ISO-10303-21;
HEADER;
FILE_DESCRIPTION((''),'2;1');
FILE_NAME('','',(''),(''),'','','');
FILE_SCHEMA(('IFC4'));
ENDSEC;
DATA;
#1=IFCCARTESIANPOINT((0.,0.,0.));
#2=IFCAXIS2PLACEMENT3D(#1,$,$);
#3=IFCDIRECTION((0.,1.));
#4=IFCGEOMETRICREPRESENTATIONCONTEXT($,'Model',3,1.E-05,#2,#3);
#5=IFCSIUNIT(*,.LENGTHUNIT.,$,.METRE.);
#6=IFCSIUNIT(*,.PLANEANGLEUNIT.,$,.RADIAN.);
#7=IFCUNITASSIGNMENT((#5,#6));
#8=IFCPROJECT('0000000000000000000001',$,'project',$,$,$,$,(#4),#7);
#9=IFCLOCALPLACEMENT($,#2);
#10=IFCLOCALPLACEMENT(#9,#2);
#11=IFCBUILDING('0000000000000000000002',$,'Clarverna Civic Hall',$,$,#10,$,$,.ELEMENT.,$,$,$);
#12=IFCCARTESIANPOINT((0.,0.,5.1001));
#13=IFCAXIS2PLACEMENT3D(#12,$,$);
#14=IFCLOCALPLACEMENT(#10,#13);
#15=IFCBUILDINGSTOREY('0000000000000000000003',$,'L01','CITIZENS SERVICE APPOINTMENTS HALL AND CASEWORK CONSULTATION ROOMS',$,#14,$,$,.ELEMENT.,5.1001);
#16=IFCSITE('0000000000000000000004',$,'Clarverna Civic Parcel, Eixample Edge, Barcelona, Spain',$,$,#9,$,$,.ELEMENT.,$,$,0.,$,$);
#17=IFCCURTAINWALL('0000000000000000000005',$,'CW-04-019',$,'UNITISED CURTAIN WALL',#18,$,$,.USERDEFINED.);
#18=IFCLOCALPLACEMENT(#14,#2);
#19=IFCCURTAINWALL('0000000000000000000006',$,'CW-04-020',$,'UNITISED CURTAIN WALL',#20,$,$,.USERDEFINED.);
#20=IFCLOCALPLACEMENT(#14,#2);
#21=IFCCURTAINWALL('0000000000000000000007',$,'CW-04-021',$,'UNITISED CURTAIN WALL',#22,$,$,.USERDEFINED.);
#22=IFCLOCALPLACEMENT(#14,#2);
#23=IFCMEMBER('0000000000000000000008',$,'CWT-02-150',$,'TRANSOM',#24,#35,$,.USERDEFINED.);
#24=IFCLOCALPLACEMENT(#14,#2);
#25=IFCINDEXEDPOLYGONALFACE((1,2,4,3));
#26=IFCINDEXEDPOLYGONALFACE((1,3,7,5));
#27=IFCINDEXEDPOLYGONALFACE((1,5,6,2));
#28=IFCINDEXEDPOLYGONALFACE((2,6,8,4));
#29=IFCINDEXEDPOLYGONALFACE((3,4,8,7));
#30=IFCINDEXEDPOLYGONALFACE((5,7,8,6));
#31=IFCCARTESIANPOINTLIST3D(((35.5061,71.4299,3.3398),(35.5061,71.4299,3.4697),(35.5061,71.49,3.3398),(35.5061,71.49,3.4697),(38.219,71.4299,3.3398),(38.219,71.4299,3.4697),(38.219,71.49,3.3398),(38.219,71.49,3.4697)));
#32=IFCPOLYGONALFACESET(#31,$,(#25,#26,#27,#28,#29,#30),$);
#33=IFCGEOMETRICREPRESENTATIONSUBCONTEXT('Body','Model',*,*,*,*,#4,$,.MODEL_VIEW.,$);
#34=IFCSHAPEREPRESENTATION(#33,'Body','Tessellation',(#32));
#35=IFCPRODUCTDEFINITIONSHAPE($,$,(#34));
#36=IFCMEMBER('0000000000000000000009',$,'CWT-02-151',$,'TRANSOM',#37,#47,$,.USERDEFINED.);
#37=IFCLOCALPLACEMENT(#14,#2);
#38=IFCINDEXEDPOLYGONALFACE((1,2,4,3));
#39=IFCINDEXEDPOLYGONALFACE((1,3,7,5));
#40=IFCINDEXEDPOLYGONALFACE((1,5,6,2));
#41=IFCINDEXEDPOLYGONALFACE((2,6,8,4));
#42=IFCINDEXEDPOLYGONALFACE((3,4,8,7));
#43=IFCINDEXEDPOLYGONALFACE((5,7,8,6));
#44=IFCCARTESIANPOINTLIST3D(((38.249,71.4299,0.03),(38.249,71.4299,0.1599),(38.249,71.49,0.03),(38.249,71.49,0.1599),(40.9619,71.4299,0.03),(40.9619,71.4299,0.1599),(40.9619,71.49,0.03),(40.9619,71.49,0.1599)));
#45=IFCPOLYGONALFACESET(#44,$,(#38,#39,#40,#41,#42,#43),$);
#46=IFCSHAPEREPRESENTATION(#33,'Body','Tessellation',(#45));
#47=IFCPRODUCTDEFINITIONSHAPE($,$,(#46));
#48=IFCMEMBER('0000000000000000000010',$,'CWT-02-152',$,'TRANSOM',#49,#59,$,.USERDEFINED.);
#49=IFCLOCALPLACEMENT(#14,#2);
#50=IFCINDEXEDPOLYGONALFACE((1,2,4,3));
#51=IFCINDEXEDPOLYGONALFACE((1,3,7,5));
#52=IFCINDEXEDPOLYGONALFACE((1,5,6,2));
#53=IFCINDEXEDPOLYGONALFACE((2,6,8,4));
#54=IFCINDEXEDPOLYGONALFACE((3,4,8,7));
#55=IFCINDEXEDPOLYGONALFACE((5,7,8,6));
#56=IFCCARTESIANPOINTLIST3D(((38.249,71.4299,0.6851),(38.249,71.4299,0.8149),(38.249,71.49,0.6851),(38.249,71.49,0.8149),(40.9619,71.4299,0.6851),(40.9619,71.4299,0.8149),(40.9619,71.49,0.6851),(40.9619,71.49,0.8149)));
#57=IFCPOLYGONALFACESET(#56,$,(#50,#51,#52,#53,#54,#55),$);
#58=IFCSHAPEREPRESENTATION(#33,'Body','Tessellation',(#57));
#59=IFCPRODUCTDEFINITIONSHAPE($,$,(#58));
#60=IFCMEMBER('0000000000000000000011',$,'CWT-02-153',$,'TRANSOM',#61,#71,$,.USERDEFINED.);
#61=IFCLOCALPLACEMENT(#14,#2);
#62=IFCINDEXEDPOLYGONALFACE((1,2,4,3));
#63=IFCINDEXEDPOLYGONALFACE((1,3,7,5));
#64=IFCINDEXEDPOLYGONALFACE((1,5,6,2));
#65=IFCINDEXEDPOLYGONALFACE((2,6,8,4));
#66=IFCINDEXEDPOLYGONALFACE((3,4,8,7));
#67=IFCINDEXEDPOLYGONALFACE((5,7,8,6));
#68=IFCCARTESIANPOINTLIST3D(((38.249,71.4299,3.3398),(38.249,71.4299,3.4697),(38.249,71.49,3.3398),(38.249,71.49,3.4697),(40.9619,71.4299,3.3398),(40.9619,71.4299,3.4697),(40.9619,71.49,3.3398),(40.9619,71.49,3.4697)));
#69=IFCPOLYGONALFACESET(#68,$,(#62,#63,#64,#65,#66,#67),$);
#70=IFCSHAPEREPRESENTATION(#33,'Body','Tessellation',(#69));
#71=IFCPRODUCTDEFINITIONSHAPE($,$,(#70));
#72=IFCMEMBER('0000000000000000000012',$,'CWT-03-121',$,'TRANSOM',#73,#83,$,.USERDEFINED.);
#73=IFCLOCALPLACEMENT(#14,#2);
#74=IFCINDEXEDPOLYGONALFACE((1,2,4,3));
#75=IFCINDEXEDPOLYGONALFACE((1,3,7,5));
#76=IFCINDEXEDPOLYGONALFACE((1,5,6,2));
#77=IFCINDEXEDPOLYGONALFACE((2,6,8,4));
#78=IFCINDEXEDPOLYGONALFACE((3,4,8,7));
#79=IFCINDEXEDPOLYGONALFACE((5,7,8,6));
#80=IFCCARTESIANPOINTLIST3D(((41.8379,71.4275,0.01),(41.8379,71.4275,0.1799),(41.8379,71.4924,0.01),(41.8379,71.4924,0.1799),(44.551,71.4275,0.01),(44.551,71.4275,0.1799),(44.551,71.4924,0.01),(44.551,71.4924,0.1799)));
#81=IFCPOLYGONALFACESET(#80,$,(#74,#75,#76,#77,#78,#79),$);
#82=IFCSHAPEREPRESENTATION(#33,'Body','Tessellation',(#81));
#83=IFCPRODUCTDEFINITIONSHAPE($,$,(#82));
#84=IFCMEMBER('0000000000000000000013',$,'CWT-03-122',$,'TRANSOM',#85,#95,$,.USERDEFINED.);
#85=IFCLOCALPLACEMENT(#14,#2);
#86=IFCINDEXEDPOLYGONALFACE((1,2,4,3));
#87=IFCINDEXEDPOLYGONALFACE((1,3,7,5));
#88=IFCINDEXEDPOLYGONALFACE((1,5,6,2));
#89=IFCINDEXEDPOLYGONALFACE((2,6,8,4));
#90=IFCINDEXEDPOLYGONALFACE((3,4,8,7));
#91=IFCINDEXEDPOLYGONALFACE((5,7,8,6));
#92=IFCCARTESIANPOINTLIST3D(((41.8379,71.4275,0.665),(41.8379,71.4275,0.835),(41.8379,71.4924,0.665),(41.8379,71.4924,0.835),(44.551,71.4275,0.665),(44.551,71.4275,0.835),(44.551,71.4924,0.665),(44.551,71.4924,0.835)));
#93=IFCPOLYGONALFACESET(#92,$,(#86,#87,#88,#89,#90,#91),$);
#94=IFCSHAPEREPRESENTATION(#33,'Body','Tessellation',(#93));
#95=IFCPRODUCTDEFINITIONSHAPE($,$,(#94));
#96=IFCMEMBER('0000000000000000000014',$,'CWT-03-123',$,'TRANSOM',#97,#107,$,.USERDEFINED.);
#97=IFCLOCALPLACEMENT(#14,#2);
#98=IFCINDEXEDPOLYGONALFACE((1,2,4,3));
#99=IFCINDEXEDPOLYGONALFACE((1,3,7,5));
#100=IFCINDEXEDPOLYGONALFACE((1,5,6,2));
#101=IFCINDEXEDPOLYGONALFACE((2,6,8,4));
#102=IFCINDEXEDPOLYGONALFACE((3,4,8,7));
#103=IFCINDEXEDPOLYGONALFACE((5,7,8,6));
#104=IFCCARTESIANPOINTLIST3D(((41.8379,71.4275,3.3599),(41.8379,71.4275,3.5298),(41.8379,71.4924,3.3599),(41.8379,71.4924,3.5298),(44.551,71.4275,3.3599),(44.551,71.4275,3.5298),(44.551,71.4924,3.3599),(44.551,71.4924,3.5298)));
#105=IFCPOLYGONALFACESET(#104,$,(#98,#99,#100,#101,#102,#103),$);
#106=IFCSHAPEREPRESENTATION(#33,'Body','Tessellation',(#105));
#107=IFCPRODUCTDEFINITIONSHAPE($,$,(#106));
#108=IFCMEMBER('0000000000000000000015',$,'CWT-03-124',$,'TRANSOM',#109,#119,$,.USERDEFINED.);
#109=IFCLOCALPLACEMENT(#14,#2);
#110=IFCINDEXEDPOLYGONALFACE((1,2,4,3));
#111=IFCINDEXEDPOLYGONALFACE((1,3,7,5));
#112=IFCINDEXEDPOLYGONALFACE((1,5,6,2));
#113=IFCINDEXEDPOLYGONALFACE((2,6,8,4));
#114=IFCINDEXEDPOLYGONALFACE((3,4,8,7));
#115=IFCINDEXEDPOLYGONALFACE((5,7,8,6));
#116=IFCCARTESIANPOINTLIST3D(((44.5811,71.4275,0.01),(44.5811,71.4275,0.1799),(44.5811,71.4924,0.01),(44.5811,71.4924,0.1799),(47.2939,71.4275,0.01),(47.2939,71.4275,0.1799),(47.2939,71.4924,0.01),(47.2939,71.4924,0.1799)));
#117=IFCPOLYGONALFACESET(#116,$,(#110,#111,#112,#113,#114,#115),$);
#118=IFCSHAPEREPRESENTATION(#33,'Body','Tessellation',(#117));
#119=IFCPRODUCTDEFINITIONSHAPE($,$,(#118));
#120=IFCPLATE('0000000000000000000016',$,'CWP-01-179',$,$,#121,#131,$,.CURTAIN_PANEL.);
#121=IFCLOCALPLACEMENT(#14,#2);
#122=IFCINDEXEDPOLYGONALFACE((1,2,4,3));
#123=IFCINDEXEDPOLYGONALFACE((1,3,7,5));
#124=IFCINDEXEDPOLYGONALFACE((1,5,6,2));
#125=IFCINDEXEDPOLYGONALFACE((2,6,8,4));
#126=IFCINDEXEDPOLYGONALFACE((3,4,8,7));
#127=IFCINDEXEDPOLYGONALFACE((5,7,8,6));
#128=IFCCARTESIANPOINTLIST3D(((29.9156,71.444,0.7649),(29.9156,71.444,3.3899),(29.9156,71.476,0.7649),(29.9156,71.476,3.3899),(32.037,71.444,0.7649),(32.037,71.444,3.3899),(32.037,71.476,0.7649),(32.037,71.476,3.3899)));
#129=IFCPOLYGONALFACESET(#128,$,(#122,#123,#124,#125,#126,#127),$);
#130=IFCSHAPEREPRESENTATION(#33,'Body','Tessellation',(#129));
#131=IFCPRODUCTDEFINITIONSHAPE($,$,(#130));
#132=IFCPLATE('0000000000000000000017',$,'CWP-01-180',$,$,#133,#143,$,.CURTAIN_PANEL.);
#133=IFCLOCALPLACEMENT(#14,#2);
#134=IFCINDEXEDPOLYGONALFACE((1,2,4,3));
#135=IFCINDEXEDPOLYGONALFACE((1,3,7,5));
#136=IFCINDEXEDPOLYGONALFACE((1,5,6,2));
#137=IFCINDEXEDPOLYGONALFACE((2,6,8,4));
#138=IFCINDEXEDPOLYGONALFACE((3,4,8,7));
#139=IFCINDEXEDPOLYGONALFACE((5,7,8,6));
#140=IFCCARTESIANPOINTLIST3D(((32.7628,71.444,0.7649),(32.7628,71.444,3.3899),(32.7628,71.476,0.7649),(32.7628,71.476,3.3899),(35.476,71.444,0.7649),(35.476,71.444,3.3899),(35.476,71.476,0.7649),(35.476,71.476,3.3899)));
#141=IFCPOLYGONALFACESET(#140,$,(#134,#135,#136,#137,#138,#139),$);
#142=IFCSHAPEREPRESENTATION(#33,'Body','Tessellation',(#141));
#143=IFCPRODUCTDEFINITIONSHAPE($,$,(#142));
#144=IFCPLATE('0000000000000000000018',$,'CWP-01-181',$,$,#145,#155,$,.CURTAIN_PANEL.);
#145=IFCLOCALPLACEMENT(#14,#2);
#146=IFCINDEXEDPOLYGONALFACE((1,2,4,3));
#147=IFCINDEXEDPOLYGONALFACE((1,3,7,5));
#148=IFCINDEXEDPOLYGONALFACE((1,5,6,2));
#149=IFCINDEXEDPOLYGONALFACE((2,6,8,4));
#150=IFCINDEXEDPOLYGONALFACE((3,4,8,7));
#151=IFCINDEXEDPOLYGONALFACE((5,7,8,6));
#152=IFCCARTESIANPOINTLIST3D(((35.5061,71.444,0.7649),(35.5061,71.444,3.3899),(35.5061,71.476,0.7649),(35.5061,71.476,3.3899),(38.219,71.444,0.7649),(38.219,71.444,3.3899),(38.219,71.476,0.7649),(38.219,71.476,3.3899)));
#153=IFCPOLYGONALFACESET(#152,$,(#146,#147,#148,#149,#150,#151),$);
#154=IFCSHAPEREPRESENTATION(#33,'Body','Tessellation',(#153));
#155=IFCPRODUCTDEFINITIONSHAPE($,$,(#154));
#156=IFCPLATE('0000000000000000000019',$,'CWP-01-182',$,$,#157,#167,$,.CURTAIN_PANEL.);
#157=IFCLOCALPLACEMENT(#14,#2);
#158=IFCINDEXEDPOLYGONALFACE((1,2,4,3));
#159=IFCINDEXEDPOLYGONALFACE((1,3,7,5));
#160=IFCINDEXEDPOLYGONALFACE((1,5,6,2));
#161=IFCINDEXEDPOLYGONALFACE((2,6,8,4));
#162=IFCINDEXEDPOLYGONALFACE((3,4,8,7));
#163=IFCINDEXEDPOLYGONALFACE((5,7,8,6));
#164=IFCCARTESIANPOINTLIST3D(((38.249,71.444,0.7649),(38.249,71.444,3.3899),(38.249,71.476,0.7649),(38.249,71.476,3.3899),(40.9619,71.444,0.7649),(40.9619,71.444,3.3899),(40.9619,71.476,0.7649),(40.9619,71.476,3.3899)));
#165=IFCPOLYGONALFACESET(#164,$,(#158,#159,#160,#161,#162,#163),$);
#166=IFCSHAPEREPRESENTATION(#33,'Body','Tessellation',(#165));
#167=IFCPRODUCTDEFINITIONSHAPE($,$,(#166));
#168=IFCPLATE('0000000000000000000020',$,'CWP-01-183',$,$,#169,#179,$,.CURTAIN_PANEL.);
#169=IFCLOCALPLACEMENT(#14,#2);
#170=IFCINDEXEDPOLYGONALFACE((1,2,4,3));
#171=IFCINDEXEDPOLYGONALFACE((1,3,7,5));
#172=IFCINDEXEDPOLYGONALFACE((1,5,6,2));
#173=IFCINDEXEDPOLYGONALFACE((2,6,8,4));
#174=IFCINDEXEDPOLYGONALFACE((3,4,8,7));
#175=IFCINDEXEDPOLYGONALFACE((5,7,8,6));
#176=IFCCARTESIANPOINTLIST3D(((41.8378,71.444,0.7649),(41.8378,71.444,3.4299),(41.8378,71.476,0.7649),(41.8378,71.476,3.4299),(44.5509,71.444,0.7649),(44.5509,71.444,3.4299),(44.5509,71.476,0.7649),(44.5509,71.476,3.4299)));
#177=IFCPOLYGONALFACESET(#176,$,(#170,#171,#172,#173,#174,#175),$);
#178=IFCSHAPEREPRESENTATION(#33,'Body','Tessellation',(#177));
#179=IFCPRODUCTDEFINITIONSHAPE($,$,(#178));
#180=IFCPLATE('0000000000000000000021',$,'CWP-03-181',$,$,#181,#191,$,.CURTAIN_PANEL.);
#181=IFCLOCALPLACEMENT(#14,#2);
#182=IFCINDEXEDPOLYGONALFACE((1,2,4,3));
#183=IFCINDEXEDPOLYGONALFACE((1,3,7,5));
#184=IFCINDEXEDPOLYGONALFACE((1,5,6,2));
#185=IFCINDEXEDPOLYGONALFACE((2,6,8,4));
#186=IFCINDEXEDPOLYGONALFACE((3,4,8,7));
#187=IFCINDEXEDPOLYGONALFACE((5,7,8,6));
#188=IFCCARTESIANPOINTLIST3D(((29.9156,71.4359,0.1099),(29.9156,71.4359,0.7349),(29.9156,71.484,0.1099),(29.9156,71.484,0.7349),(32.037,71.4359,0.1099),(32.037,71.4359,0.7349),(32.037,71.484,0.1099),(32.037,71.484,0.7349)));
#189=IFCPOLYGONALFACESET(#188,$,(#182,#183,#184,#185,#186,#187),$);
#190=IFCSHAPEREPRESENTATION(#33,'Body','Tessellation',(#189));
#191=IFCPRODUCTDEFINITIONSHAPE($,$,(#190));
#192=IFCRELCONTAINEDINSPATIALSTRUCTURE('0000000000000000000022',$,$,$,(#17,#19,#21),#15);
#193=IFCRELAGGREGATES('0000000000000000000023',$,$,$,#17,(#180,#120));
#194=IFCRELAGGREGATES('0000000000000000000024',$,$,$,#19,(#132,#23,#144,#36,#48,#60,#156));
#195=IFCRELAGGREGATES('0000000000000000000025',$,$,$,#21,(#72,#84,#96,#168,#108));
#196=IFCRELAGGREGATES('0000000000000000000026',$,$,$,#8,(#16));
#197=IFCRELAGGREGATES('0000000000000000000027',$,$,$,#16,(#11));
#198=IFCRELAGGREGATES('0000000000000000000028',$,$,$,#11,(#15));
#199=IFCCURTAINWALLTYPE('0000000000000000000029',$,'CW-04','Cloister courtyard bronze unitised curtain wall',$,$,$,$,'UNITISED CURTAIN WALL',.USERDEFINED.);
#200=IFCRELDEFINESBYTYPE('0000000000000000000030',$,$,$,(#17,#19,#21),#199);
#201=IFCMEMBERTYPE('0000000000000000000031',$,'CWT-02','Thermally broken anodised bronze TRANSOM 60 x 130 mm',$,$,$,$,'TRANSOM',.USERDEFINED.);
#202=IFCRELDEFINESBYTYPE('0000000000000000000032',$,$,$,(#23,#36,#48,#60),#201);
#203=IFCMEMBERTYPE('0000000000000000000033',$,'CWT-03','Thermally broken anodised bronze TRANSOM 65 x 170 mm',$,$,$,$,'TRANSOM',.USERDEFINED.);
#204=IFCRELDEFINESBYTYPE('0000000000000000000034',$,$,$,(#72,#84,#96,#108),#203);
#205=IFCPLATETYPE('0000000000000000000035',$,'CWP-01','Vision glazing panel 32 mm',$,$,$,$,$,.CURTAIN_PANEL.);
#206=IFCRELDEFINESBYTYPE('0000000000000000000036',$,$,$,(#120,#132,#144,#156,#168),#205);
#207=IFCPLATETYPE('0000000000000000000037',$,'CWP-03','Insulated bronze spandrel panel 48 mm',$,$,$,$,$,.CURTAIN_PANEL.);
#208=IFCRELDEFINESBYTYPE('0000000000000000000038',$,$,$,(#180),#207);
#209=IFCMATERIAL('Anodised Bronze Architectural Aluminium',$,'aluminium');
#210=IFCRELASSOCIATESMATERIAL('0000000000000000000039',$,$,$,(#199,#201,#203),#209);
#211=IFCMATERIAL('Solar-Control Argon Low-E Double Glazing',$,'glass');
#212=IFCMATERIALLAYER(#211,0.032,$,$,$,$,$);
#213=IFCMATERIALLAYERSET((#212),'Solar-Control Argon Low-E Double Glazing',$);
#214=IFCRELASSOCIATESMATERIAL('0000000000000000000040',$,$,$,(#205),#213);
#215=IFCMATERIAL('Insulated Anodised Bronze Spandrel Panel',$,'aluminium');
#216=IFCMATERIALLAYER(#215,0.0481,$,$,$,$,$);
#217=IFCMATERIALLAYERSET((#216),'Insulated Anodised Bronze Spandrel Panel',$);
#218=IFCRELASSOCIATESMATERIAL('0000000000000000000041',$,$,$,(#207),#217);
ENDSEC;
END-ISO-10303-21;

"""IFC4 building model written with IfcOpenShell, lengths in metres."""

from ifc_helpers import new_model, si_unit, direction, frame, frame_2d, origin, origin_2d, place, context, subcontext, project, spatial, rectangle, extrude, material, layer, layer_set, material_profile, profile_set, type_object, element, aggregate, save


model = new_model("IFC4")

# Units and contexts
model_context = context("Model", 3, precision=1e-05, world=origin(), true_north=direction((0.0, 1.0)))
body_context = subcontext(model_context, "Body", "Model", "MODEL_VIEW")
ifc_project = project(units=[si_unit("LENGTHUNIT", "METRE"), si_unit("PLANEANGLEUNIT", "RADIAN")], contexts=[model_context])

# Site, building, storey
site_placement = place(None, origin())
site = spatial("IfcSite", under=ifc_project, at=site_placement, Name="Clarverna Civic Parcel, Eixample Edge, Barcelona, Spain", CompositionType="ELEMENT", RefElevation=0.0)
building_placement = place(site_placement, origin())
building = spatial("IfcBuilding", under=site, at=building_placement, Name="Clarverna Civic Hall", CompositionType="ELEMENT")
storey_placement = place(building_placement, frame((0.0, 0.0, 5.1001)))
storey = spatial("IfcBuildingStorey", under=building, at=storey_placement, Name="L01", Description="CITIZENS SERVICE APPOINTMENTS HALL AND CASEWORK CONSULTATION ROOMS", CompositionType="ELEMENT", Elevation=5.1001)

# Curtain wall
ifc_material_1 = material(Name="Anodised Bronze Architectural Aluminium", Category="aluminium")
curtain_wall_type = type_object("IfcCurtainWallType", Name="CW-04", Description="Cloister courtyard bronze unitised curtain wall", ElementType="UNITISED CURTAIN WALL", PredefinedType="USERDEFINED", material=ifc_material_1)
curtain_wall_1_placement = place(storey_placement, origin())
curtain_wall_1 = element("IfcCurtainWall", 1, at=curtain_wall_1_placement, inside=storey, type_object=curtain_wall_type, Name="CW-04-019", ObjectType="UNITISED CURTAIN WALL", PredefinedType="USERDEFINED")

# Curtain walls
curtain_wall_2_placement = place(storey_placement, origin())
curtain_wall_2 = element("IfcCurtainWall", 2, at=curtain_wall_2_placement, inside=storey, type_object=curtain_wall_type, Name="CW-04-020", ObjectType="UNITISED CURTAIN WALL", PredefinedType="USERDEFINED")
curtain_wall_3_placement = place(storey_placement, origin())
curtain_wall_3 = element("IfcCurtainWall", 3, at=curtain_wall_3_placement, inside=storey, type_object=curtain_wall_type, Name="CW-04-021", ObjectType="UNITISED CURTAIN WALL", PredefinedType="USERDEFINED")

# Members
ifc_material_profile_1 = material_profile(ifc_material_1, rectangle(XDim=0.0601, YDim=0.1299, at=origin_2d()), Name="BRONZE 60x130")
ifc_profile_set_1 = profile_set([ifc_material_profile_1], Name="Anodised Bronze Architectural Aluminium")
member_type_1 = type_object("IfcMemberType", Name="CWT-02", Description="Thermally broken anodised bronze TRANSOM 60 x 130 mm", ElementType="TRANSOM", PredefinedType="USERDEFINED", material=ifc_profile_set_1)
member_1_placement = place(storey_placement, frame((35.5061, 71.46, 3.4048), z_axis=(1.0, 0.0, 0.0), x_axis=(0.0, 1.0, 0.0)))
member_1 = element("IfcMember", 4, at=member_1_placement, type_object=member_type_1, Name="CWT-02-150", ObjectType="TRANSOM", PredefinedType="USERDEFINED", context=body_context, shape_type="SweptSolid", body=[
    extrude(rectangle(XDim=0.0601, YDim=0.1299, at=origin_2d()), origin(), (0.0, 0.0, 1.0), 2.7129),
])
member_2_placement = place(storey_placement, frame((38.249, 71.46, 0.095), z_axis=(1.0, 0.0, 0.0), x_axis=(0.0, 1.0, 0.0)))
member_2 = element("IfcMember", 5, at=member_2_placement, type_object=member_type_1, Name="CWT-02-151", ObjectType="TRANSOM", PredefinedType="USERDEFINED", context=body_context, shape_type="SweptSolid", body=[
    extrude(rectangle(XDim=0.0601, YDim=0.1299, at=origin_2d()), origin(), (0.0, 0.0, 1.0), 2.7129),
])
member_3_placement = place(storey_placement, frame((38.249, 71.46, 0.75), z_axis=(1.0, 0.0, 0.0), x_axis=(0.0, 1.0, 0.0)))
member_3 = element("IfcMember", 6, at=member_3_placement, type_object=member_type_1, Name="CWT-02-152", ObjectType="TRANSOM", PredefinedType="USERDEFINED", context=body_context, shape_type="SweptSolid", body=[
    extrude(rectangle(XDim=0.0601, YDim=0.1299, at=origin_2d()), origin(), (0.0, 0.0, 1.0), 2.7129),
])
member_4_placement = place(storey_placement, frame((38.249, 71.46, 3.4048), z_axis=(1.0, 0.0, 0.0), x_axis=(0.0, 1.0, 0.0)))
member_4 = element("IfcMember", 7, at=member_4_placement, type_object=member_type_1, Name="CWT-02-153", ObjectType="TRANSOM", PredefinedType="USERDEFINED", context=body_context, shape_type="SweptSolid", body=[
    extrude(rectangle(XDim=0.0601, YDim=0.1299, at=origin_2d()), origin(), (0.0, 0.0, 1.0), 2.7129),
])
ifc_material_profile_2 = material_profile(ifc_material_1, rectangle(XDim=0.0649, YDim=0.1699, at=origin_2d()), Name="BRONZE 65x170")
ifc_profile_set_2 = profile_set([ifc_material_profile_2], Name="Anodised Bronze Architectural Aluminium")
member_type_2 = type_object("IfcMemberType", Name="CWT-03", Description="Thermally broken anodised bronze TRANSOM 65 x 170 mm", ElementType="TRANSOM", PredefinedType="USERDEFINED", material=ifc_profile_set_2)
member_5_placement = place(storey_placement, frame((41.8379, 71.46, 0.095), z_axis=(1.0, 0.0, 0.0), x_axis=(0.0, 1.0, 0.0)))
member_5 = element("IfcMember", 8, at=member_5_placement, type_object=member_type_2, Name="CWT-03-121", ObjectType="TRANSOM", PredefinedType="USERDEFINED", context=body_context, shape_type="SweptSolid", body=[
    extrude(rectangle(XDim=0.0649, YDim=0.1699, at=origin_2d()), origin(), (0.0, 0.0, 1.0), 2.7131),
])
member_6_placement = place(storey_placement, frame((41.8379, 71.46, 0.75), z_axis=(1.0, 0.0, 0.0), x_axis=(0.0, 1.0, 0.0)))
member_6 = element("IfcMember", 9, at=member_6_placement, type_object=member_type_2, Name="CWT-03-122", ObjectType="TRANSOM", PredefinedType="USERDEFINED", context=body_context, shape_type="SweptSolid", body=[
    extrude(rectangle(XDim=0.0649, YDim=0.1699, at=origin_2d()), origin(), (0.0, 0.0, 1.0), 2.7131),
])
member_7_placement = place(storey_placement, frame((41.8379, 71.46, 3.4448), z_axis=(1.0, 0.0, 0.0), x_axis=(0.0, 1.0, 0.0)))
member_7 = element("IfcMember", 10, at=member_7_placement, type_object=member_type_2, Name="CWT-03-123", ObjectType="TRANSOM", PredefinedType="USERDEFINED", context=body_context, shape_type="SweptSolid", body=[
    extrude(rectangle(XDim=0.0649, YDim=0.1699, at=origin_2d()), origin(), (0.0, 0.0, 1.0), 2.7131),
])
member_8_placement = place(storey_placement, frame((44.5811, 71.46, 0.095), z_axis=(1.0, 0.0, 0.0), x_axis=(0.0, 1.0, 0.0)))
member_8 = element("IfcMember", 11, at=member_8_placement, type_object=member_type_2, Name="CWT-03-124", ObjectType="TRANSOM", PredefinedType="USERDEFINED", context=body_context, shape_type="SweptSolid", body=[
    extrude(rectangle(XDim=0.0649, YDim=0.1699, at=origin_2d()), origin(), (0.0, 0.0, 1.0), 2.7129),
])

# Plates
ifc_material_2 = material(Name="Solar-Control Argon Low-E Double Glazing", Category="glass")
ifc_layer_1 = layer(ifc_material_2, 0.032)
ifc_layer_set_1 = layer_set([ifc_layer_1], Name="Solar-Control Argon Low-E Double Glazing")
plate_type_1 = type_object("IfcPlateType", Name="CWP-01", Description="Vision glazing panel 32 mm", PredefinedType="CURTAIN_PANEL", material=ifc_layer_set_1)
plate_1_placement = place(storey_placement, frame((29.9158, 71.46, 0.7649), z_axis=(0.0, 0.0, 1.0), x_axis=(1.0, 0.0, 0.0)))
plate_1 = element("IfcPlate", 12, at=plate_1_placement, type_object=plate_type_1, Name="CWP-01-179", PredefinedType="CURTAIN_PANEL", context=body_context, shape_type="SweptSolid", body=[
    extrude(rectangle(XDim=2.1213, YDim=0.032, at=frame_2d((1.0605, 0.0))), origin(), (0.0, 0.0, 1.0), 2.625),
])
plate_2_placement = place(storey_placement, frame((32.7629, 71.46, 0.7649), z_axis=(0.0, 0.0, 1.0), x_axis=(1.0, 0.0, 0.0)))
plate_2 = element("IfcPlate", 13, at=plate_2_placement, type_object=plate_type_1, Name="CWP-01-180", PredefinedType="CURTAIN_PANEL", context=body_context, shape_type="SweptSolid", body=[
    extrude(rectangle(XDim=2.7131, YDim=0.032, at=frame_2d((1.3564, 0.0))), origin(), (0.0, 0.0, 1.0), 2.625),
])
plate_3_placement = place(storey_placement, frame((35.5061, 71.46, 0.7649), z_axis=(0.0, 0.0, 1.0), x_axis=(1.0, 0.0, 0.0)))
plate_3 = element("IfcPlate", 14, at=plate_3_placement, type_object=plate_type_1, Name="CWP-01-181", PredefinedType="CURTAIN_PANEL", context=body_context, shape_type="SweptSolid", body=[
    extrude(rectangle(XDim=2.7129, YDim=0.032, at=frame_2d((1.3564, 0.0))), origin(), (0.0, 0.0, 1.0), 2.625),
])
plate_4_placement = place(storey_placement, frame((38.249, 71.46, 0.7649), z_axis=(0.0, 0.0, 1.0), x_axis=(1.0, 0.0, 0.0)))
plate_4 = element("IfcPlate", 15, at=plate_4_placement, type_object=plate_type_1, Name="CWP-01-182", PredefinedType="CURTAIN_PANEL", context=body_context, shape_type="SweptSolid", body=[
    extrude(rectangle(XDim=2.7129, YDim=0.032, at=frame_2d((1.3564, 0.0))), origin(), (0.0, 0.0, 1.0), 2.625),
])
plate_5_placement = place(storey_placement, frame((41.8379, 71.46, 0.7649), z_axis=(0.0, 0.0, 1.0), x_axis=(1.0, 0.0, 0.0)))
plate_5 = element("IfcPlate", 16, at=plate_5_placement, type_object=plate_type_1, Name="CWP-01-183", PredefinedType="CURTAIN_PANEL", context=body_context, shape_type="SweptSolid", body=[
    extrude(rectangle(XDim=2.7131, YDim=0.032, at=frame_2d((1.3564, 0.0))), origin(), (0.0, 0.0, 1.0), 2.665),
])
ifc_material_3 = material(Name="Insulated Anodised Bronze Spandrel Panel", Category="aluminium")
ifc_layer_2 = layer(ifc_material_3, 0.0481)
ifc_layer_set_2 = layer_set([ifc_layer_2], Name="Insulated Anodised Bronze Spandrel Panel")
plate_type_2 = type_object("IfcPlateType", Name="CWP-03", Description="Insulated bronze spandrel panel 48 mm", PredefinedType="CURTAIN_PANEL", material=ifc_layer_set_2)
plate_6_placement = place(storey_placement, frame((29.9158, 71.46, 0.1099), z_axis=(0.0, 0.0, 1.0), x_axis=(1.0, 0.0, 0.0)))
plate_6 = element("IfcPlate", 17, at=plate_6_placement, type_object=plate_type_2, Name="CWP-03-181", PredefinedType="CURTAIN_PANEL", context=body_context, shape_type="SweptSolid", body=[
    extrude(rectangle(XDim=2.1213, YDim=0.0481, at=frame_2d((1.0605, 0.0))), origin(), (0.0, 0.0, 1.0), 0.625),
])
aggregate(curtain_wall_1, [plate_6, plate_1])
aggregate(curtain_wall_2, [plate_2, member_1, plate_3, member_2, member_3, member_4, plate_4])
aggregate(curtain_wall_3, [member_5, member_6, member_7, plate_5, member_8])

save(model, "model.ifc")
